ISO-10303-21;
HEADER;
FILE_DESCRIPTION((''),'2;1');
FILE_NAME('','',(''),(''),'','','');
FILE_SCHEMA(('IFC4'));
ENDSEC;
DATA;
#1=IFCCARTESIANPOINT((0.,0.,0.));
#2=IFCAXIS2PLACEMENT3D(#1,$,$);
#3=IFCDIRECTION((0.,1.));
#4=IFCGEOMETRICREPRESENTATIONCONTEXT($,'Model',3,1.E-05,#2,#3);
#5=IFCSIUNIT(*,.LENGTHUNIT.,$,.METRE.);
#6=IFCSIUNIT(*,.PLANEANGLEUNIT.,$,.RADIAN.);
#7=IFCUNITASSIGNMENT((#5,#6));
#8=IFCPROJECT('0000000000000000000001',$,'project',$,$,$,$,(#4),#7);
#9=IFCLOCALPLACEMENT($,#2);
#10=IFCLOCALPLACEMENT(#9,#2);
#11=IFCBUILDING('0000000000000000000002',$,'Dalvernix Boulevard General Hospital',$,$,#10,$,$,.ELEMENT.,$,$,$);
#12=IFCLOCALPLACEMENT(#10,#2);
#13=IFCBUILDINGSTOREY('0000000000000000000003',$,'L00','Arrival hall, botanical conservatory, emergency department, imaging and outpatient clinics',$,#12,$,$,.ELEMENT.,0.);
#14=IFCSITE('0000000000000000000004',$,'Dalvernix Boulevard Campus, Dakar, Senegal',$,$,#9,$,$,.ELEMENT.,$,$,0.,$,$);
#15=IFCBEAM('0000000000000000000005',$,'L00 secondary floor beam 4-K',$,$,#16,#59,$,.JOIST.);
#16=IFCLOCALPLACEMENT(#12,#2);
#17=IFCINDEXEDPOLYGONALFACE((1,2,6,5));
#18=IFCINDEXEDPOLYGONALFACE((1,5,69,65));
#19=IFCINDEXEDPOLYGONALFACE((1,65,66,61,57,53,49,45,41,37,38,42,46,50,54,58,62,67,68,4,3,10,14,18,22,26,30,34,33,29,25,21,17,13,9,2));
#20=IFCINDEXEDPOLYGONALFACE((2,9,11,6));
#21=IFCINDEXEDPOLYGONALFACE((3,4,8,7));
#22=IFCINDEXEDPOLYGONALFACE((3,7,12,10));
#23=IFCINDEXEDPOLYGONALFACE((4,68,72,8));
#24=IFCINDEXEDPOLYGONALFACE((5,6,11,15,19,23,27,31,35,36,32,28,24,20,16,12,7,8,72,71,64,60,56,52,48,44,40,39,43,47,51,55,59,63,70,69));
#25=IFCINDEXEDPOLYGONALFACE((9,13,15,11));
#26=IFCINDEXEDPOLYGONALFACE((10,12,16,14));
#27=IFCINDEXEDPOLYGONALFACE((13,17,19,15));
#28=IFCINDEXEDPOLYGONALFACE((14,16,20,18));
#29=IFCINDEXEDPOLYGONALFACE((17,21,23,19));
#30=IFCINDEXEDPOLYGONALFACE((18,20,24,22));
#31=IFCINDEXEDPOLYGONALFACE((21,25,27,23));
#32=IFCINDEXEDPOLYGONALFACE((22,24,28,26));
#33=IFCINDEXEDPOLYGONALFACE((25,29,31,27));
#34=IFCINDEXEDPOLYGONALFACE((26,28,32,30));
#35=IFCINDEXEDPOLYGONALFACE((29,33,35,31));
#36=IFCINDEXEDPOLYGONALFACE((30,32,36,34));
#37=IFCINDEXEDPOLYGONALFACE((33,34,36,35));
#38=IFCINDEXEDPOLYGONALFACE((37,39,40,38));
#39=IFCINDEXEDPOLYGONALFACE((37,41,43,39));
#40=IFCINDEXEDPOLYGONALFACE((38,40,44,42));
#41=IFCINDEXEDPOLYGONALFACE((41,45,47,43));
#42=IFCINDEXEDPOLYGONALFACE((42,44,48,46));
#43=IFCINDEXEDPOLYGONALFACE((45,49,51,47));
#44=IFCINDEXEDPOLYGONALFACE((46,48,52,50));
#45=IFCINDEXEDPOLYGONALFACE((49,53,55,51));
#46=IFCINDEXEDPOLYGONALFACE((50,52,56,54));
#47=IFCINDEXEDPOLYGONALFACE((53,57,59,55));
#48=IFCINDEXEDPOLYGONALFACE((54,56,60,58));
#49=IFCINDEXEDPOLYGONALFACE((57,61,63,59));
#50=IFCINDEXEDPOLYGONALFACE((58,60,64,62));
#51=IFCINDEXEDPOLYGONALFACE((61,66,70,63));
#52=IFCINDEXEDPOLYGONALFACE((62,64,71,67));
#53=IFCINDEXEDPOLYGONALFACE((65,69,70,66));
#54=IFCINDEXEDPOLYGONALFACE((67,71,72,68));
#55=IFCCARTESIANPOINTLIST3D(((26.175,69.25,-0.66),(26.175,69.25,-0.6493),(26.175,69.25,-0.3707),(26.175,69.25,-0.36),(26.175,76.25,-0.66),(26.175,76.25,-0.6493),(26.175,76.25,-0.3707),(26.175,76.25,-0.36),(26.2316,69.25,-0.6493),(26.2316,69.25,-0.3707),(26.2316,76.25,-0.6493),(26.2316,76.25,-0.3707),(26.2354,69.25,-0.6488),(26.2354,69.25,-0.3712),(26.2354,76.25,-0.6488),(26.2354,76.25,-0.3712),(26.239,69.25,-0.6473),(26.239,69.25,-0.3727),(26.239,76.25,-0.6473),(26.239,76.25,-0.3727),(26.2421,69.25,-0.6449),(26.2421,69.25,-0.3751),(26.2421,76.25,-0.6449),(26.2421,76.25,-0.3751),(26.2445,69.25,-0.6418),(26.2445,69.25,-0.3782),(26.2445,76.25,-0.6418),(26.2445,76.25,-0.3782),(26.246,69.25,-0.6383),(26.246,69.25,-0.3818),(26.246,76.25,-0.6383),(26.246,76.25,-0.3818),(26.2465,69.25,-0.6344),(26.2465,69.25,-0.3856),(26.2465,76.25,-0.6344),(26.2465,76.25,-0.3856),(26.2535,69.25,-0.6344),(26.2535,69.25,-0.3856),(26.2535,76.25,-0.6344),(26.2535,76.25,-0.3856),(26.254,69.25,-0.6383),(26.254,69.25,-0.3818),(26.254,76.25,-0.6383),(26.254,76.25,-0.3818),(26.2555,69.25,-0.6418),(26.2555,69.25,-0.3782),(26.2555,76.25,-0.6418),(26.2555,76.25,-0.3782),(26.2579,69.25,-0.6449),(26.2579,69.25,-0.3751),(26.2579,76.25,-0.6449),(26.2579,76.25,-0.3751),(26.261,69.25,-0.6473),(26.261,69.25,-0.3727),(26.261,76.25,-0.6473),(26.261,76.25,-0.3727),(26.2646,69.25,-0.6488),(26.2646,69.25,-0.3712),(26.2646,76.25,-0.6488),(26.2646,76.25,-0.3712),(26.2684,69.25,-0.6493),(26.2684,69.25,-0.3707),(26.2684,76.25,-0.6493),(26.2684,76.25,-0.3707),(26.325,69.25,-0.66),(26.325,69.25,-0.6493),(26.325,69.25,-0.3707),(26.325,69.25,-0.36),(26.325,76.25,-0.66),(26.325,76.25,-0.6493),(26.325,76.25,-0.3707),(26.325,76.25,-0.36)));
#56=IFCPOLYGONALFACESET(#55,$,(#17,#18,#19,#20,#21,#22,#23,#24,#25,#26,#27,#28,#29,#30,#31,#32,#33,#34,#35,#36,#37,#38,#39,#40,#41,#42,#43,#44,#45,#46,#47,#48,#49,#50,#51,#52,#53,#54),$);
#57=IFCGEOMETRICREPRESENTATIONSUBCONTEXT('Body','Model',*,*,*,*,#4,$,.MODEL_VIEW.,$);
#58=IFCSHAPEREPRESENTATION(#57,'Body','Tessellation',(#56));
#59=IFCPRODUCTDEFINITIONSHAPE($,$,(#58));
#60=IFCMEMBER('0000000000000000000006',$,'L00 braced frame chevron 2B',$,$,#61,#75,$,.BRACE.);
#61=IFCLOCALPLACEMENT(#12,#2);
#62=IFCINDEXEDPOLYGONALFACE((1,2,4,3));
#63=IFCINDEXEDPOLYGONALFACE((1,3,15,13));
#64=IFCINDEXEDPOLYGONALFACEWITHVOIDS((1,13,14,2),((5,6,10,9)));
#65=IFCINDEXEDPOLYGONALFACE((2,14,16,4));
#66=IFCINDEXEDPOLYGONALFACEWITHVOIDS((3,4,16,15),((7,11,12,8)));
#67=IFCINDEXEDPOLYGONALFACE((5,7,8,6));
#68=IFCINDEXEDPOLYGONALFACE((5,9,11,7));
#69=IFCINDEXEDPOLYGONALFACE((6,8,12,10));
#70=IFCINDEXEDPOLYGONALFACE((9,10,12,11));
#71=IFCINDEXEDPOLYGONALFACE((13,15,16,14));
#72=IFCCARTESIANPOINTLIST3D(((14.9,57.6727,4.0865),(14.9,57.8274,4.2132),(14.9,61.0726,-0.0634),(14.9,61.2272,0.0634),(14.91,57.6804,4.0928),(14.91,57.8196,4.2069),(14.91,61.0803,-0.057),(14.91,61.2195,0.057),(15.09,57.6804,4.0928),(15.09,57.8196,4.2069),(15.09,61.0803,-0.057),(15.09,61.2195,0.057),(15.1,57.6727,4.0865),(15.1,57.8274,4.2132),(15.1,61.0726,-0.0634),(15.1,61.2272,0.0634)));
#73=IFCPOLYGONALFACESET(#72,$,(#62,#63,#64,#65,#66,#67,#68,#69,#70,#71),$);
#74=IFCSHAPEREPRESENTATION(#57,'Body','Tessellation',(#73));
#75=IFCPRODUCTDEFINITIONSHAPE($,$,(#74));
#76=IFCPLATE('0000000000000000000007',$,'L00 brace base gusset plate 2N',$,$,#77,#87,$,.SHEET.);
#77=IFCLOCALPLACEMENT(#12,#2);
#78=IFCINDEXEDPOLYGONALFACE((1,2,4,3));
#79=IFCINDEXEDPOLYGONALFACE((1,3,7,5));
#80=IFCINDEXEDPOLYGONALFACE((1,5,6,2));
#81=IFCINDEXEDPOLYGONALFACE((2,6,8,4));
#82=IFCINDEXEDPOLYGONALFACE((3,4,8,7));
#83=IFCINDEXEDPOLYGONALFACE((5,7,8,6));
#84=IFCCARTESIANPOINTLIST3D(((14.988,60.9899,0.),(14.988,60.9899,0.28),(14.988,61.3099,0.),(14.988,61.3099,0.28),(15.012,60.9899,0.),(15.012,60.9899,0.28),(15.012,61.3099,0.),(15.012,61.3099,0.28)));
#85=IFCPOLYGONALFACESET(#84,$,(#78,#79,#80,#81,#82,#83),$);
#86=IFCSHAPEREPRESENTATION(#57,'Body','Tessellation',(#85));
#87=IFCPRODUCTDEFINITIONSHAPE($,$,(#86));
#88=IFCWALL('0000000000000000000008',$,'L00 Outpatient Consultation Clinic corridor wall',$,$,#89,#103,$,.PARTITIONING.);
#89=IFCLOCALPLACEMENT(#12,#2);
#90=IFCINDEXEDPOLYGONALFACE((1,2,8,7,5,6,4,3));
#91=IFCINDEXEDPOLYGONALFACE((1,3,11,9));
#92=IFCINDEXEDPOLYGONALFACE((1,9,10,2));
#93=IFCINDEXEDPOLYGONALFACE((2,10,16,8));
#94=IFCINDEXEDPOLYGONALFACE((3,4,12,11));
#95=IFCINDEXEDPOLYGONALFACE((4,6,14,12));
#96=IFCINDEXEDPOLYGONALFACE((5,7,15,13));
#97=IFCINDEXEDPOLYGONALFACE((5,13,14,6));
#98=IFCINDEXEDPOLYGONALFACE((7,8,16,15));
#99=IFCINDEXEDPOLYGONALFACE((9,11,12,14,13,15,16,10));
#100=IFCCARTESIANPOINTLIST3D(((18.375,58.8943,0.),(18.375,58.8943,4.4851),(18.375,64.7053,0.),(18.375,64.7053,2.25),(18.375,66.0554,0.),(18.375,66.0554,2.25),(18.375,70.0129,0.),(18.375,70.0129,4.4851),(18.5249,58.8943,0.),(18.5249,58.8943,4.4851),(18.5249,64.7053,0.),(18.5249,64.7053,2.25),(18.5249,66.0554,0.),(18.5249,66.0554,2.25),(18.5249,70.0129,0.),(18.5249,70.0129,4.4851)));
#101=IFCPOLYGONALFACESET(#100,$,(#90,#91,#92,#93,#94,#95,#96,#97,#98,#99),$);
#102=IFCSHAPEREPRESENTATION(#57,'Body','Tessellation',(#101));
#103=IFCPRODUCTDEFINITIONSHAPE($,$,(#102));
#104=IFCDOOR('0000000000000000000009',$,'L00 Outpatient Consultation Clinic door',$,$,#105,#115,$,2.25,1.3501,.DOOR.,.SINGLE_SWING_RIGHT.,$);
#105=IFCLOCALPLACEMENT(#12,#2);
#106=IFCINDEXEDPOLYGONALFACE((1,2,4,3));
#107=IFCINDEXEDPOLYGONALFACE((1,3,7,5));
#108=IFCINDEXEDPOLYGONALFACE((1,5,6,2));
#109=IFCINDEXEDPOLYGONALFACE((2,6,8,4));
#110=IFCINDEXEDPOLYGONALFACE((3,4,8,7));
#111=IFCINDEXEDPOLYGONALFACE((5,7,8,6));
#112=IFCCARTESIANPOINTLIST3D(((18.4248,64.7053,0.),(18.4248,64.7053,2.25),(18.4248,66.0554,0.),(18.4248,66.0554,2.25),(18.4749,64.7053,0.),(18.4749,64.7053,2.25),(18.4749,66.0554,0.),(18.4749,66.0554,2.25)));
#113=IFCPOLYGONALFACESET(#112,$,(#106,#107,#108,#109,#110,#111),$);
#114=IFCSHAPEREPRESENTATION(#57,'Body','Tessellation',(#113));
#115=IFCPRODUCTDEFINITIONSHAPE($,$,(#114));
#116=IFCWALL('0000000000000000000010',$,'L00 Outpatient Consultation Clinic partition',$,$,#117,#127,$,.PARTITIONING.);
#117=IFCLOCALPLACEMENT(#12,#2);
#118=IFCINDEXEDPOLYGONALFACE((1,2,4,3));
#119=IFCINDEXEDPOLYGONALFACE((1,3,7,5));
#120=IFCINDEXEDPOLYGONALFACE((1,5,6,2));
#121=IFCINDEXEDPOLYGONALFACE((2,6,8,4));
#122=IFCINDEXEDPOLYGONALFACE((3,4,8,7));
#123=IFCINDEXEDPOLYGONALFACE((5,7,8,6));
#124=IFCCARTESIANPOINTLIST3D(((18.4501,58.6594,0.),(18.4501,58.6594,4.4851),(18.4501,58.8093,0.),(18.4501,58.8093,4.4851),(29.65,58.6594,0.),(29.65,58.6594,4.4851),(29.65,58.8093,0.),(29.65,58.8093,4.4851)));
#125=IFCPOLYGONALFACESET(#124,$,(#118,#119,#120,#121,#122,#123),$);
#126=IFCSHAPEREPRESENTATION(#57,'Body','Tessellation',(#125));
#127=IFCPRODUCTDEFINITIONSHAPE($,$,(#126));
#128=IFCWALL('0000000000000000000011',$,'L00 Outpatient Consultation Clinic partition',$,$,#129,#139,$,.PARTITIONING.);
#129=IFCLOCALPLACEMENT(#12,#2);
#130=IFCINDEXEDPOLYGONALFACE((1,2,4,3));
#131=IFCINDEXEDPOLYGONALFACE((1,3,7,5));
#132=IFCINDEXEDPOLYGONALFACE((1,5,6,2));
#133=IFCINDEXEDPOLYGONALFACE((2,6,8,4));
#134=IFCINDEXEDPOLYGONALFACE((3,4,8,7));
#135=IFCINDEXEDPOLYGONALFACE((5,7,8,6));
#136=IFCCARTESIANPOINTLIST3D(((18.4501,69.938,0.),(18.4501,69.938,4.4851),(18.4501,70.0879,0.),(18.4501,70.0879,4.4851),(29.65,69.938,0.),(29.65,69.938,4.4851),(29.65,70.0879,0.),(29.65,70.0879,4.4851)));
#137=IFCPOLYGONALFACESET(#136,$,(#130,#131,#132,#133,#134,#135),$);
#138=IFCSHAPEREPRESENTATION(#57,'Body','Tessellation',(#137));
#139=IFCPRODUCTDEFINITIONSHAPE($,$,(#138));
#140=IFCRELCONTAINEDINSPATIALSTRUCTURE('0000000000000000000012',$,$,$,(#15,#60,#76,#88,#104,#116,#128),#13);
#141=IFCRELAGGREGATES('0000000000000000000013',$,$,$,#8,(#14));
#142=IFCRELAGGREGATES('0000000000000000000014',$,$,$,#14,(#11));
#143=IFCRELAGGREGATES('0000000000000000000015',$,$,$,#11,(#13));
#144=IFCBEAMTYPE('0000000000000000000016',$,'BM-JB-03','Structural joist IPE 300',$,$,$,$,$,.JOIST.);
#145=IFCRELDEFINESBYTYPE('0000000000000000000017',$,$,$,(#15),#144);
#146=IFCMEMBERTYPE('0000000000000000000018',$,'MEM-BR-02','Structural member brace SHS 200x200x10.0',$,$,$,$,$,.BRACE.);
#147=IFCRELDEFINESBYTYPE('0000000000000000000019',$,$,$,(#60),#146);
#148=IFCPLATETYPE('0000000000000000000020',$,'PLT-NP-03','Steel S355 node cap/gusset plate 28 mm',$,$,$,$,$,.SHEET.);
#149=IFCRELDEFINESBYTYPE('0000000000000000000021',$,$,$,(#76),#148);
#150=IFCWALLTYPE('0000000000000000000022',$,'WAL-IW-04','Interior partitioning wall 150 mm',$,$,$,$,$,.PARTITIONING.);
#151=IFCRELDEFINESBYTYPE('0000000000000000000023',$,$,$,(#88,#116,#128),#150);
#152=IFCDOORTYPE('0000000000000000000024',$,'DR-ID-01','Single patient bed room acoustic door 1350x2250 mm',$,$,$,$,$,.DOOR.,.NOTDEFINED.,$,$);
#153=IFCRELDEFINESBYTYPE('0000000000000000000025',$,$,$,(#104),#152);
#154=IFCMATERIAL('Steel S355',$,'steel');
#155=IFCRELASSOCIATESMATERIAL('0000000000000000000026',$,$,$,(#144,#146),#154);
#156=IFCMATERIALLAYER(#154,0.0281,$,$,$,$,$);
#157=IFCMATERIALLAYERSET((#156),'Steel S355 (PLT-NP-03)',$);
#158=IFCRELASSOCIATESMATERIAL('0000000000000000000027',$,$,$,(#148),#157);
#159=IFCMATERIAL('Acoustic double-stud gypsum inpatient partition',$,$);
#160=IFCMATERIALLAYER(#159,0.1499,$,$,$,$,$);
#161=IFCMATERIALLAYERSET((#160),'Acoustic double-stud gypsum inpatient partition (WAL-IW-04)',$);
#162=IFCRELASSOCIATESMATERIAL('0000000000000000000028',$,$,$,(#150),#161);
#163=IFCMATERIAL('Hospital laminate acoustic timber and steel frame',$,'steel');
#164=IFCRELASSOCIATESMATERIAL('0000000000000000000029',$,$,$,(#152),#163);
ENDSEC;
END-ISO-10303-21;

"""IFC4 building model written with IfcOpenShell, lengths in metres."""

from ifc_helpers import new_model, si_unit, direction, frame, frame_2d, origin, origin_2d, place, context, subcontext, project, spatial, rectangle, hollow_rectangle, i_section, extrude, material, layer, layer_set, material_profile, profile_set, type_object, element, fill, save


model = new_model("IFC4")

# Units and contexts
model_context = context("Model", 3, precision=1e-05, world=origin(), true_north=direction((0.0, 1.0)))
body_context = subcontext(model_context, "Body", "Model", "MODEL_VIEW")
ifc_project = project(units=[si_unit("LENGTHUNIT", "METRE"), si_unit("PLANEANGLEUNIT", "RADIAN")], contexts=[model_context])

# Site, building, storey
site_placement = place(None, origin())
site = spatial("IfcSite", under=ifc_project, at=site_placement, Name="Dalvernix Boulevard Campus, Dakar, Senegal", CompositionType="ELEMENT", RefElevation=0.0)
building_placement = place(site_placement, origin())
building = spatial("IfcBuilding", under=site, at=building_placement, Name="Dalvernix Boulevard General Hospital", CompositionType="ELEMENT")
storey_placement = place(building_placement, origin())
storey = spatial("IfcBuildingStorey", under=building, at=storey_placement, Name="L00", Description="Arrival hall, botanical conservatory, emergency department, imaging and outpatient clinics", CompositionType="ELEMENT", Elevation=0.0)

# Beam
ifc_material_1 = material(Name="Steel S355", Category="steel")
ifc_material_profile_1 = material_profile(ifc_material_1, i_section(OverallWidth=0.1499, OverallDepth=0.3, WebThickness=0.0071, FlangeThickness=0.0107, FilletRadius=0.0149, at=origin_2d()), Name="IPE 300")
ifc_profile_set_1 = profile_set([ifc_material_profile_1], Name="Steel S355")
beam_type_1 = type_object("IfcBeamType", Name="BM-JB-03", Description="Structural joist IPE 300", PredefinedType="JOIST", material=ifc_profile_set_1)
beam_1_placement = place(storey_placement, frame((26.25, 69.25, -0.51), z_axis=(0.0, 1.0, 0.0), x_axis=(-1.0, 0.0, 0.0)))
element("IfcBeam", 1, at=beam_1_placement, inside=storey, type_object=beam_type_1, Name="L00 secondary floor beam 4-K", PredefinedType="JOIST", context=body_context, shape_type="SweptSolid", body=[
    extrude(i_section(OverallWidth=0.1499, OverallDepth=0.3, WebThickness=0.0071, FlangeThickness=0.0107, FilletRadius=0.0149, at=origin_2d()), origin(), (0.0, 0.0, 1.0), 7.0),
])

# Member
ifc_material_profile_2 = material_profile(ifc_material_1, hollow_rectangle(XDim=0.2, YDim=0.2, WallThickness=0.01, at=origin_2d()), Name="SHS 200x200x10.0")
ifc_profile_set_2 = profile_set([ifc_material_profile_2], Name="Steel S355")
member_type = type_object("IfcMemberType", Name="MEM-BR-02", Description="Structural member brace SHS 200x200x10.0", PredefinedType="BRACE", material=ifc_profile_set_2)
member_placement = place(storey_placement, frame((15.0, 61.1499, 0.0), z_axis=(0.0, -0.633743, 0.773544), x_axis=(1.0, 0.0, 0.0)))
element("IfcMember", 2, at=member_placement, inside=storey, type_object=member_type, Name="L00 braced frame chevron 2B", PredefinedType="BRACE", context=body_context, shape_type="SweptSolid", body=[
    extrude(hollow_rectangle(XDim=0.2, YDim=0.2, WallThickness=0.01, at=origin_2d()), origin(), (0.0, 0.0, 1.0), 5.3647),
])

# Plate
ifc_layer_1 = layer(ifc_material_1, 0.0281)
ifc_layer_set_1 = layer_set([ifc_layer_1], Name="Steel S355 (PLT-NP-03)")
plate_type = type_object("IfcPlateType", Name="PLT-NP-03", Description="Steel S355 node cap/gusset plate 28 mm", PredefinedType="SHEET", material=ifc_layer_set_1)
plate_placement = place(storey_placement, frame((15.0, 61.1499, 0.0), z_axis=(0.0, 0.0, 1.0), x_axis=(0.0, 1.0, 0.0)))
element("IfcPlate", 3, at=plate_placement, inside=storey, type_object=plate_type, Name="L00 brace base gusset plate 2N", PredefinedType="SHEET", context=body_context, shape_type="SweptSolid", body=[
    extrude(rectangle(XDim=0.3201, YDim=0.0239, at=origin_2d()), origin(), (0.0, 0.0, 1.0), 0.28),
])

# Wall, opening, door
ifc_material_2 = material(Name="Acoustic double-stud gypsum inpatient partition")
ifc_layer_2 = layer(ifc_material_2, 0.1499)
ifc_layer_set_2 = layer_set([ifc_layer_2], Name="Acoustic double-stud gypsum inpatient partition (WAL-IW-04)")
wall_type = type_object("IfcWallType", Name="WAL-IW-04", Description="Interior partitioning wall 150 mm", PredefinedType="PARTITIONING", material=ifc_layer_set_2)
wall_placement = place(storey_placement, frame((18.45, 70.0129, 0.0), z_axis=(0.0, 0.0, 1.0), x_axis=(0.0, -1.0, 0.0)))
wall = element("IfcWall", 4, at=wall_placement, inside=storey, type_object=wall_type, Name="L00 Outpatient Consultation Clinic corridor wall", PredefinedType="PARTITIONING", context=body_context, shape_type="SweptSolid", body=[
    extrude(rectangle(XDim=11.1187, YDim=0.1499, at=frame_2d((5.5593, 0.0))), origin(), (0.0, 0.0, 1.0), 4.4851),
])
opening_placement = place(wall_placement, frame((3.9575, 0.0, 0.0)))
opening = element("IfcOpeningElement", 5, at=opening_placement, cuts=wall, PredefinedType="OPENING", context=body_context, shape_type="SweptSolid", body=[
    extrude(rectangle(XDim=1.3501, YDim=2.25, at=frame_2d((0.675, 1.125))), frame((0.0, 0.085, 0.0), z_axis=(0.0, -1.0, 0.0), x_axis=(1.0, 0.0, 0.0)), (0.0, 0.0, 1.0), 0.1699),
])
ifc_material_3 = material(Name="Hospital laminate acoustic timber and steel frame", Category="steel")
door_type = type_object("IfcDoorType", Name="DR-ID-01", Description="Single patient bed room acoustic door 1350x2250 mm", OperationType="NOTDEFINED", PredefinedType="DOOR", material=ifc_material_3)
door_placement = place(opening_placement, origin())
door = element("IfcDoor", 6, at=door_placement, inside=storey, type_object=door_type, Name="L00 Outpatient Consultation Clinic door", OperationType="SINGLE_SWING_RIGHT", OverallHeight=2.25, OverallWidth=1.3501, PredefinedType="DOOR", context=body_context, shape_type="SweptSolid", body=[
    extrude(rectangle(XDim=1.3501, YDim=2.25, at=frame_2d((0.675, 1.125))), frame((0.0, 0.0249, 0.0), z_axis=(0.0, -1.0, 0.0), x_axis=(1.0, 0.0, 0.0)), (0.0, 0.0, 1.0), 0.05),
])
fill(opening, door)

# Walls
for number, where, z_axis, x_axis, name in (
    (7, (18.45, 58.7344, 0.0), (0.0, 0.0, 1.0), (1.0, 0.0, 0.0), "L00 Outpatient Consultation Clinic partition"),
    (8, (18.45, 70.0129, 0.0), (0.0, 0.0, 1.0), (1.0, 0.0, 0.0), "L00 Outpatient Consultation Clinic partition"),
):
    element("IfcWall", number, at=place(storey_placement, frame(where, z_axis=z_axis, x_axis=x_axis)), inside=storey, type_object=wall_type, Name=name, PredefinedType="PARTITIONING", context=body_context, shape_type="SweptSolid", body=[
        extrude(rectangle(XDim=11.2, YDim=0.1499, at=frame_2d((5.6001, 0.0))), origin(), (0.0, 0.0, 1.0), 4.4851),
    ])

save(model, "model.ifc")
